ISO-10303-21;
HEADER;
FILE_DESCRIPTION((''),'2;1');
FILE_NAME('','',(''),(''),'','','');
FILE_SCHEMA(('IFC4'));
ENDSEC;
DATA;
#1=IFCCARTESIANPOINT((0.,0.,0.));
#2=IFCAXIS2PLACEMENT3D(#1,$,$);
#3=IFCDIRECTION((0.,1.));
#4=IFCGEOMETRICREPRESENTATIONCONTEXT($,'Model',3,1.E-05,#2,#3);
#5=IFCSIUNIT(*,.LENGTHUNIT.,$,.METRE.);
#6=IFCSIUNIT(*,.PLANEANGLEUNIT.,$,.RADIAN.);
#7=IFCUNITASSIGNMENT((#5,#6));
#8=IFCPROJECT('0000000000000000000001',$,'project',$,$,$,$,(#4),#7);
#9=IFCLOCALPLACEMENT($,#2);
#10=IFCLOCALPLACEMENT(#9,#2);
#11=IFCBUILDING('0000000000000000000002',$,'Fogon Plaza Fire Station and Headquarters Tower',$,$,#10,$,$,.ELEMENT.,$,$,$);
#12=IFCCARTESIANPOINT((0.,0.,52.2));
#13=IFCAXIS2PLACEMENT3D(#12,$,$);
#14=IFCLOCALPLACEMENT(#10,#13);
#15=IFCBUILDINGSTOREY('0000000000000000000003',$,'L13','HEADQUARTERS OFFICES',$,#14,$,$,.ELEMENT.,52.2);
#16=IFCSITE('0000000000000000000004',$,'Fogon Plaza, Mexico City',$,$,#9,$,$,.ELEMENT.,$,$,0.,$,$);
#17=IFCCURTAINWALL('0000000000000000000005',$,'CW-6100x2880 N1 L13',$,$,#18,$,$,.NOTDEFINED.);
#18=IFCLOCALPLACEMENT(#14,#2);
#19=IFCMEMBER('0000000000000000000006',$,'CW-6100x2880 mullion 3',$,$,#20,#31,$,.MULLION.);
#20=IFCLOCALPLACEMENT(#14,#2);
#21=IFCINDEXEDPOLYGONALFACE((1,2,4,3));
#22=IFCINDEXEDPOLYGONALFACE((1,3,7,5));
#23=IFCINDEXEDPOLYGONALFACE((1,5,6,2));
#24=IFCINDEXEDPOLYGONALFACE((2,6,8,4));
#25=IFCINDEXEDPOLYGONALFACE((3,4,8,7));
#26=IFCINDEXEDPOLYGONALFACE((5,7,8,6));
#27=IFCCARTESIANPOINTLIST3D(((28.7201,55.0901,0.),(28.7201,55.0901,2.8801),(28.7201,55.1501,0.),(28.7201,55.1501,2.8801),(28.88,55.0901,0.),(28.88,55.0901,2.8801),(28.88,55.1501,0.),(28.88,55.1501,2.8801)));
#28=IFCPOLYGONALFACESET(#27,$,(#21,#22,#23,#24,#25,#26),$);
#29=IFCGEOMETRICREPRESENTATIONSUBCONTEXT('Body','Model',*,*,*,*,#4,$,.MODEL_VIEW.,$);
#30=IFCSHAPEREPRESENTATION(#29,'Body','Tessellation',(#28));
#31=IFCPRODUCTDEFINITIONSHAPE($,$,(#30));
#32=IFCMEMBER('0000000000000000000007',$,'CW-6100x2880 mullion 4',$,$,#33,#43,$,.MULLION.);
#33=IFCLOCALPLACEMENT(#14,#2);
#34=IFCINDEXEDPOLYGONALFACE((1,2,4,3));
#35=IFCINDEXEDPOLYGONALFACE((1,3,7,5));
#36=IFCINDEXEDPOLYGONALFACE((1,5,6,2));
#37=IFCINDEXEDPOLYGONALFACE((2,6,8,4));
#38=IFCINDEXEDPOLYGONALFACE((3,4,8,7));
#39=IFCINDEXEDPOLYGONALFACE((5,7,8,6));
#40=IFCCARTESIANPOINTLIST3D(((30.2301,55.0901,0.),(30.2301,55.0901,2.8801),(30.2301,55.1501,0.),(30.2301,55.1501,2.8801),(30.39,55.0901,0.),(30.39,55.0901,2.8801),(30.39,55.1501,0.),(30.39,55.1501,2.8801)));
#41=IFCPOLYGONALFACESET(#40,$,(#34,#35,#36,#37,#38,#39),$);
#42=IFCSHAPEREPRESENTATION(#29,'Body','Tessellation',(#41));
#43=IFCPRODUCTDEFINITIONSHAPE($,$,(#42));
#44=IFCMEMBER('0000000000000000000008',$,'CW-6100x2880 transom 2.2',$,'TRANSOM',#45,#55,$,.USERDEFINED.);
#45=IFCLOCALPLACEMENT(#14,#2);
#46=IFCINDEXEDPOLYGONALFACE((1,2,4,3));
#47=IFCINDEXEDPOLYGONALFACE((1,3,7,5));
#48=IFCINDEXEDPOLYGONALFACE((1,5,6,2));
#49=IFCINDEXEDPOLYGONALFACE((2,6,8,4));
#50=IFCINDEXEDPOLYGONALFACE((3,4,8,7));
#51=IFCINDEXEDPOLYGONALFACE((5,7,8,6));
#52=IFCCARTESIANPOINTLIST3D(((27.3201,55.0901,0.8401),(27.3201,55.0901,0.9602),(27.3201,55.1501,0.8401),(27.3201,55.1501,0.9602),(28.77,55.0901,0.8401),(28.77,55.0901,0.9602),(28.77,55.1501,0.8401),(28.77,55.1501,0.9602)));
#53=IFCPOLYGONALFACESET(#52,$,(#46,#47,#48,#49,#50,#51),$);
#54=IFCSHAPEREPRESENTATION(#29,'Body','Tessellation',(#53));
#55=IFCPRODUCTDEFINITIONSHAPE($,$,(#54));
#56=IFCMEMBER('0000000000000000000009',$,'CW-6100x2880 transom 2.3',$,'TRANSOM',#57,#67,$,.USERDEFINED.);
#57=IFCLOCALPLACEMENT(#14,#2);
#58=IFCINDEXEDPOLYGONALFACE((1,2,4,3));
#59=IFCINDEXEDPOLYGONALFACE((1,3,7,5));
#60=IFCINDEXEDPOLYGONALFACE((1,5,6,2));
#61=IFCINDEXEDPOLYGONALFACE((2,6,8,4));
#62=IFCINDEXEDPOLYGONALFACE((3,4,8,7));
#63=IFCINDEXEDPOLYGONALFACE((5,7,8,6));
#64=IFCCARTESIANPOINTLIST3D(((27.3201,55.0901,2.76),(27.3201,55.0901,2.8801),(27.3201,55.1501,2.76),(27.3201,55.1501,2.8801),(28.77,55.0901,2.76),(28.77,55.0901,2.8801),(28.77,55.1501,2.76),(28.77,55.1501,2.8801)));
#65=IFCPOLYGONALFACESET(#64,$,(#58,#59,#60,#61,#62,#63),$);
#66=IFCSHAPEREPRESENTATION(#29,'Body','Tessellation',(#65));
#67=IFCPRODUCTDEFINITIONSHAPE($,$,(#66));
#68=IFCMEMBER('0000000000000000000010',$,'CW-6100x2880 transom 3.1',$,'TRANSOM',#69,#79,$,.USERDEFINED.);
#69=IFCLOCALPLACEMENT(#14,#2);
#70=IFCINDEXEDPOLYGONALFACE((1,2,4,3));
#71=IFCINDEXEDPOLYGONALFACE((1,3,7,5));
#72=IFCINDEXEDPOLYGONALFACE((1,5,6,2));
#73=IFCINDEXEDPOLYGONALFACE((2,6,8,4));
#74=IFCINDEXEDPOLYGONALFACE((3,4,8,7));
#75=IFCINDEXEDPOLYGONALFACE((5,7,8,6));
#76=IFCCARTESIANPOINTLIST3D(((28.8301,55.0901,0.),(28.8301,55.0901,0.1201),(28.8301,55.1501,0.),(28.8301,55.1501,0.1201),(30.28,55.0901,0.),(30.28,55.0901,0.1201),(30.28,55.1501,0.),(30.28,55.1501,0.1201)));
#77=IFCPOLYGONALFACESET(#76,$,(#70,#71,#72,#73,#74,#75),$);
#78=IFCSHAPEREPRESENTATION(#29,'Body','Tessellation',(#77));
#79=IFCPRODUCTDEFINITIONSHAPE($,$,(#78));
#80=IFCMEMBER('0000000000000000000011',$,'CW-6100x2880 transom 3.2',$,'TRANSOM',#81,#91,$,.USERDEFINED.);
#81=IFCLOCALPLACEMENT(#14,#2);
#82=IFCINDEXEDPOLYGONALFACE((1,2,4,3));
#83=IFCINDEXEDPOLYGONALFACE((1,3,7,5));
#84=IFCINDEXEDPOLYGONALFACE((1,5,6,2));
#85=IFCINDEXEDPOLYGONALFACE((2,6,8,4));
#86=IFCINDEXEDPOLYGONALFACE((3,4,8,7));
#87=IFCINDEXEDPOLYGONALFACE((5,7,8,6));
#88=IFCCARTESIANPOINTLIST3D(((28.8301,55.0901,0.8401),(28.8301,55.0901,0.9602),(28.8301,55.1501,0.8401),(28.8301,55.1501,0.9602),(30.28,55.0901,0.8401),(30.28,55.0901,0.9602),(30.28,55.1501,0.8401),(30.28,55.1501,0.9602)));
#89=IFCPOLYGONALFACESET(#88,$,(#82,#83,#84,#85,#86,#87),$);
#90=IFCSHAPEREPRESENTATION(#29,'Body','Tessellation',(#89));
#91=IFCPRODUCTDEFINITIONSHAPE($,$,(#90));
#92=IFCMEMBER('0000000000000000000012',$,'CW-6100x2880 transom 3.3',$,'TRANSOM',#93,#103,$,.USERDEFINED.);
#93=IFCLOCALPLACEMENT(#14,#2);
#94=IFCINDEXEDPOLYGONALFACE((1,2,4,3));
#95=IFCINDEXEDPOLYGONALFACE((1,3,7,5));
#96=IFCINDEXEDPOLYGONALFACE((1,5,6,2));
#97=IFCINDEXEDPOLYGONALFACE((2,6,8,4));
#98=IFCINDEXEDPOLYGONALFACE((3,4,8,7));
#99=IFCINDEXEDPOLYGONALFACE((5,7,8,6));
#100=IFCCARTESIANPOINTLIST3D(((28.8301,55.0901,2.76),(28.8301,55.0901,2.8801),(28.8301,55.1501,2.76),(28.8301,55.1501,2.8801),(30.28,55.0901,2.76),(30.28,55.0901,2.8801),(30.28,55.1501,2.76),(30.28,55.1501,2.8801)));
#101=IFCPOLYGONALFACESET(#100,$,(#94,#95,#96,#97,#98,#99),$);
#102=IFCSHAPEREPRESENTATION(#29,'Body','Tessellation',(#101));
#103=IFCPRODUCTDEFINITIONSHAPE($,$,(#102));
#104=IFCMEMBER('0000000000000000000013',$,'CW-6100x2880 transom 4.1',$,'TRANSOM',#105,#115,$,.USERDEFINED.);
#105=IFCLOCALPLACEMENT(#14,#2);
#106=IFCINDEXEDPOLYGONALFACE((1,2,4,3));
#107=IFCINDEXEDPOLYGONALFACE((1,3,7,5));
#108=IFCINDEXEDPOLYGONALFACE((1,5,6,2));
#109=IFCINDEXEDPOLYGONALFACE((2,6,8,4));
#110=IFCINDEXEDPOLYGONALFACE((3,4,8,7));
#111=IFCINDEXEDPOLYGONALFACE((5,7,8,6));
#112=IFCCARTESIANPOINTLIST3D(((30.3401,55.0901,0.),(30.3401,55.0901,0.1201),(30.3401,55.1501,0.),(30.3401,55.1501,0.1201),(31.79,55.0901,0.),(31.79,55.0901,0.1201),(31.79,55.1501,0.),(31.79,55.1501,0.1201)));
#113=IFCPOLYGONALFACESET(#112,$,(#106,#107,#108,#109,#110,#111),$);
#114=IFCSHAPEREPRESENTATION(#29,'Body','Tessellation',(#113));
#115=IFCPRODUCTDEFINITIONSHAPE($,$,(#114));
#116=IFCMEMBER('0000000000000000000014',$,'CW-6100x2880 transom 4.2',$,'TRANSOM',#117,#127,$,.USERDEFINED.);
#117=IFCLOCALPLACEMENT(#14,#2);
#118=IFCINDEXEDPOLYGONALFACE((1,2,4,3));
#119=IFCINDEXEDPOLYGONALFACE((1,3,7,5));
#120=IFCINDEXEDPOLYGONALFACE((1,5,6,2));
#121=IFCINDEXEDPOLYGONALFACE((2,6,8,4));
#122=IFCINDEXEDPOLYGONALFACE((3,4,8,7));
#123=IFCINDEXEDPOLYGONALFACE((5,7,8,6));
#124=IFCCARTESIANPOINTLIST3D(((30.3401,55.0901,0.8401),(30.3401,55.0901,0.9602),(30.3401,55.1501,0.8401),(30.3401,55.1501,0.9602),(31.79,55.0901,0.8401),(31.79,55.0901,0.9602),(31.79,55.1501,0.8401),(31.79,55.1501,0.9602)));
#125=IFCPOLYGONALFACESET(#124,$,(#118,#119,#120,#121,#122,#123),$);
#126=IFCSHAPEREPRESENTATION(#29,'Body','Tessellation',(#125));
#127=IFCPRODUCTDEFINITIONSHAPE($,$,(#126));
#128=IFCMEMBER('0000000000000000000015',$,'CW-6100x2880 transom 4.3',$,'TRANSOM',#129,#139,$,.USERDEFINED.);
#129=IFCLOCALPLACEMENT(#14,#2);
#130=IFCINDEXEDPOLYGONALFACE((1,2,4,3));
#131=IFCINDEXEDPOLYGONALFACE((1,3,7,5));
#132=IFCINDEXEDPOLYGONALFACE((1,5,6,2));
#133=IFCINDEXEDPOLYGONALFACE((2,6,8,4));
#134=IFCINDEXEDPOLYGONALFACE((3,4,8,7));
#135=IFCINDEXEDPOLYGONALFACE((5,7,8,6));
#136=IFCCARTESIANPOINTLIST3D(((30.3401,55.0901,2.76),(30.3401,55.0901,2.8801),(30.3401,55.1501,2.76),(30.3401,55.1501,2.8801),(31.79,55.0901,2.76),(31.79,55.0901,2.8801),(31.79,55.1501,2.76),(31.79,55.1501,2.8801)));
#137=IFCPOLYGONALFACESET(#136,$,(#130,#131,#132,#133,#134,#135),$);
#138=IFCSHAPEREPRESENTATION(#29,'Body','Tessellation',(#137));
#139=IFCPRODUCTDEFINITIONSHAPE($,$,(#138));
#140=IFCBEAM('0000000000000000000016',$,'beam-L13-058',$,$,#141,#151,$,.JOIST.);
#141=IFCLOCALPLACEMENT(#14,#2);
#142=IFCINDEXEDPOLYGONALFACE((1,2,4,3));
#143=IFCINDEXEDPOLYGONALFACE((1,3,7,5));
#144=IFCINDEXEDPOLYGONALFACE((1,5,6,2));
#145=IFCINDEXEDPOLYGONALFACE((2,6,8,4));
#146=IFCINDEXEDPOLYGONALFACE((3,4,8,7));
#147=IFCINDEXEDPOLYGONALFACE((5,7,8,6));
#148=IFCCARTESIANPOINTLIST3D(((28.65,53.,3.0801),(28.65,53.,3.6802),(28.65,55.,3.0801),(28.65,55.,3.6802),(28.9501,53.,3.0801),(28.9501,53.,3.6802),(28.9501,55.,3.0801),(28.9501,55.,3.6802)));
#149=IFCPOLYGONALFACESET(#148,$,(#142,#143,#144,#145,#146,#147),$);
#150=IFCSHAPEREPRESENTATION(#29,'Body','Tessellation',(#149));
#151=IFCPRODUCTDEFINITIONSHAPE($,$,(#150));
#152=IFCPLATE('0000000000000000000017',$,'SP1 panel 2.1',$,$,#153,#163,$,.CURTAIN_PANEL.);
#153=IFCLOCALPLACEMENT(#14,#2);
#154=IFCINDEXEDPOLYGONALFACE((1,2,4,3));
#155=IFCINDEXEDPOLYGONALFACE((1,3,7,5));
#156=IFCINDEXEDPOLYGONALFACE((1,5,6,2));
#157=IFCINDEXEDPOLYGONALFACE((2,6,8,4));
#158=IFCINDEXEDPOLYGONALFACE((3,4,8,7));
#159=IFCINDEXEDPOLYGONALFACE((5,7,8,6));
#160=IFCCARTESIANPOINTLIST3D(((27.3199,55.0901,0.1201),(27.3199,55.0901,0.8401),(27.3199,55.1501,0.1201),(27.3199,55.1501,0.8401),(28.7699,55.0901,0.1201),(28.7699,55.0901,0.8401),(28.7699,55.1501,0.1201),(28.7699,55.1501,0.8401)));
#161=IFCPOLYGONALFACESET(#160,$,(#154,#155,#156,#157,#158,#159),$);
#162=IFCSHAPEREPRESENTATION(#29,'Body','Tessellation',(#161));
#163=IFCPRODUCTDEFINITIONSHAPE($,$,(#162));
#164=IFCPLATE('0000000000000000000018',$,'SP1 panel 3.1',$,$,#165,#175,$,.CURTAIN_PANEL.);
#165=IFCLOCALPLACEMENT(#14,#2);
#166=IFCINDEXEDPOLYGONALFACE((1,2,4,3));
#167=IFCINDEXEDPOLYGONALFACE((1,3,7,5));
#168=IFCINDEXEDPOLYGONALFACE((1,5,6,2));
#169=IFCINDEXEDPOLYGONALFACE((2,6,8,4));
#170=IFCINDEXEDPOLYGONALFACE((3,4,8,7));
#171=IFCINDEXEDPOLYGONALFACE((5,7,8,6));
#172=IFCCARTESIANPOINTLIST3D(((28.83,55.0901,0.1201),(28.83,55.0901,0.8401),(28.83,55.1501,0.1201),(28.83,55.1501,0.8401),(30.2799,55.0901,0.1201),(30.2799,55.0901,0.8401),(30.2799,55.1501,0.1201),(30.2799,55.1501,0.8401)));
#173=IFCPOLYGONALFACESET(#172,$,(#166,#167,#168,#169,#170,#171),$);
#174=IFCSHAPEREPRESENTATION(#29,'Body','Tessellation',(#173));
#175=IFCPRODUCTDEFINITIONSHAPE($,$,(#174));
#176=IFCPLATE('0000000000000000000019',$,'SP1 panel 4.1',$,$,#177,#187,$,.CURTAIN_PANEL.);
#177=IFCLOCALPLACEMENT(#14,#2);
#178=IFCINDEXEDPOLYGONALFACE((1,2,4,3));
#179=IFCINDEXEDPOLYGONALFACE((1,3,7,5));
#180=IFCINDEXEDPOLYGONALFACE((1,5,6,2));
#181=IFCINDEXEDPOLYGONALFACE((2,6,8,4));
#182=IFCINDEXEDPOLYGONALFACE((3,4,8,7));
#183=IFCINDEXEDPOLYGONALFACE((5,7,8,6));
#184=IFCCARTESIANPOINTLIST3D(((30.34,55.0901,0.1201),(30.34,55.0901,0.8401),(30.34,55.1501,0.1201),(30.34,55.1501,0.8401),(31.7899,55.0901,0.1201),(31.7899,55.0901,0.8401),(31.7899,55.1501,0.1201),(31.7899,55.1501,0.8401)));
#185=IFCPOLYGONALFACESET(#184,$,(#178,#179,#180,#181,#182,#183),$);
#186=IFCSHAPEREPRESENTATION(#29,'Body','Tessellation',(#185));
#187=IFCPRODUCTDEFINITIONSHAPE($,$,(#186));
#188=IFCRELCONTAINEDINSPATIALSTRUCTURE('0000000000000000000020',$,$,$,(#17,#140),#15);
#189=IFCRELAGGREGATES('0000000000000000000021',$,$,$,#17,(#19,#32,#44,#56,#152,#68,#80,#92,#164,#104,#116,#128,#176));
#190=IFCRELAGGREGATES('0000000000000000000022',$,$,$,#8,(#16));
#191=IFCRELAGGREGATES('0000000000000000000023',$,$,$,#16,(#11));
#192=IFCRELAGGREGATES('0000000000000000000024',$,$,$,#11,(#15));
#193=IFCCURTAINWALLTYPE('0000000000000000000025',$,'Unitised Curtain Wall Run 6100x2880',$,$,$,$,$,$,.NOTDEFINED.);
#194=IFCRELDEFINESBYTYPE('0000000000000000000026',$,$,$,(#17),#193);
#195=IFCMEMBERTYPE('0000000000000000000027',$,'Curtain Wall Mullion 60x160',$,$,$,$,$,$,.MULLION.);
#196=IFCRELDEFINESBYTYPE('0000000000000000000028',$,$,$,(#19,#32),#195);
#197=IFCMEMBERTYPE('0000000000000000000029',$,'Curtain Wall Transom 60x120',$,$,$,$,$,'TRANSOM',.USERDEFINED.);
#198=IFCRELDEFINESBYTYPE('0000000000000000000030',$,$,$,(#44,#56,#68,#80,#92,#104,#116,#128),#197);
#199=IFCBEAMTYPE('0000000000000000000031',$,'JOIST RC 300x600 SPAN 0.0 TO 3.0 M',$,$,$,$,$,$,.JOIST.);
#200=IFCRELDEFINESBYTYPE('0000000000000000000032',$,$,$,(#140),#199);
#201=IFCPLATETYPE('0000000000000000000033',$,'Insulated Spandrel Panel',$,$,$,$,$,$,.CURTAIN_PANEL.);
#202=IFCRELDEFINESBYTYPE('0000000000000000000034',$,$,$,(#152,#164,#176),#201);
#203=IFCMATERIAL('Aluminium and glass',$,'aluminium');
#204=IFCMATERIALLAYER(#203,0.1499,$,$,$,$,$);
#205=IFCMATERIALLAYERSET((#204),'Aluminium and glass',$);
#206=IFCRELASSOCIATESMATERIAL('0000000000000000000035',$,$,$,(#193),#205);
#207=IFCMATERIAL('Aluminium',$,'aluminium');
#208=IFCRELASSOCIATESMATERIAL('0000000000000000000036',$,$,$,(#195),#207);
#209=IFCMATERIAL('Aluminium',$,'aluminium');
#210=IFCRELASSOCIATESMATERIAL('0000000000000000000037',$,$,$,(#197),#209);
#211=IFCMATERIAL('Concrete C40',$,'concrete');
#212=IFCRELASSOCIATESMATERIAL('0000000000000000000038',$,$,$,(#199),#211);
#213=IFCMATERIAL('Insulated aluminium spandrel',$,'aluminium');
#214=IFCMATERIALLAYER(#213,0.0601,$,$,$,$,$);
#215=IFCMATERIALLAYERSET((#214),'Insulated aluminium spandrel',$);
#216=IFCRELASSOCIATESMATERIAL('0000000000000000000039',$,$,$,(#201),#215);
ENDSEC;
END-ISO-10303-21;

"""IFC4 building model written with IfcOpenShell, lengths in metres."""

from ifc_helpers import new_model, si_unit, direction, frame, origin, origin_2d, place, context, subcontext, project, spatial, rectangle, extrude, material, layer, layer_set, material_profile, profile_set, type_object, element, aggregate, save


model = new_model("IFC4")

# Units and contexts
model_context = context("Model", 3, precision=1e-05, world=origin(), true_north=direction((0.0, 1.0)))
body_context = subcontext(model_context, "Body", "Model", "MODEL_VIEW")
ifc_project = project(units=[si_unit("LENGTHUNIT", "METRE"), si_unit("PLANEANGLEUNIT", "RADIAN")], contexts=[model_context])

# Site, building, storey
site_placement = place(None, origin())
site = spatial("IfcSite", under=ifc_project, at=site_placement, Name="Fogon Plaza, Mexico City", CompositionType="ELEMENT", RefElevation=0.0)
building_placement = place(site_placement, origin())
building = spatial("IfcBuilding", under=site, at=building_placement, Name="Fogon Plaza Fire Station and Headquarters Tower", CompositionType="ELEMENT")
storey_placement = place(building_placement, frame((0.0, 0.0, 52.2)))
storey = spatial("IfcBuildingStorey", under=building, at=storey_placement, Name="L13", Description="HEADQUARTERS OFFICES", CompositionType="ELEMENT", Elevation=52.2)

# Curtain wall, members
ifc_material_1 = material(Name="Aluminium and glass", Category="aluminium")
ifc_layer_1 = layer(ifc_material_1, 0.1499)
ifc_layer_set_1 = layer_set([ifc_layer_1], Name="Aluminium and glass")
curtain_wall_type = type_object("IfcCurtainWallType", Name="Unitised Curtain Wall Run 6100x2880", PredefinedType="NOTDEFINED", material=ifc_layer_set_1)
curtain_wall_placement = place(storey_placement, origin())
curtain_wall = element("IfcCurtainWall", 1, at=curtain_wall_placement, inside=storey, type_object=curtain_wall_type, Name="CW-6100x2880 N1 L13", PredefinedType="NOTDEFINED")
ifc_material_2 = material(Name="Aluminium", Category="aluminium")
ifc_material_profile_1 = material_profile(ifc_material_2, rectangle(XDim=0.0601, YDim=0.1599, at=origin_2d()), Name="Curtain Wall Mullion 60x160")
ifc_profile_set_1 = profile_set([ifc_material_profile_1], Name="Aluminium")
member_type_1 = type_object("IfcMemberType", Name="Curtain Wall Mullion 60x160", PredefinedType="MULLION", material=ifc_profile_set_1)
member_1_placement = place(storey_placement, frame((28.8, 55.1201, 0.0), z_axis=(0.0, 0.0, 1.0), x_axis=(0.0, 1.0, 0.0)))
member_1 = element("IfcMember", 2, at=member_1_placement, type_object=member_type_1, Name="CW-6100x2880 mullion 3", PredefinedType="MULLION", context=body_context, shape_type="SweptSolid", body=[
    extrude(rectangle(XDim=0.0601, YDim=0.1599, at=origin_2d()), origin(), (0.0, 0.0, 1.0), 2.8801),
])
member_2_placement = place(storey_placement, frame((30.3101, 55.1201, 0.0), z_axis=(0.0, 0.0, 1.0), x_axis=(0.0, 1.0, 0.0)))
member_2 = element("IfcMember", 3, at=member_2_placement, type_object=member_type_1, Name="CW-6100x2880 mullion 4", PredefinedType="MULLION", context=body_context, shape_type="SweptSolid", body=[
    extrude(rectangle(XDim=0.0601, YDim=0.1599, at=origin_2d()), origin(), (0.0, 0.0, 1.0), 2.8801),
])
ifc_material_3 = material(Name="Aluminium", Category="aluminium")
ifc_material_profile_2 = material_profile(ifc_material_3, rectangle(XDim=0.0601, YDim=0.1201, at=origin_2d()), Name="Curtain Wall Transom 60x120")
ifc_profile_set_2 = profile_set([ifc_material_profile_2], Name="Aluminium")
member_type_2 = type_object("IfcMemberType", Name="Curtain Wall Transom 60x120", ElementType="TRANSOM", PredefinedType="USERDEFINED", material=ifc_profile_set_2)
member_3_placement = place(storey_placement, frame((27.3201, 55.1201, 0.9001), z_axis=(1.0, 0.0, 0.0), x_axis=(0.0, 1.0, 0.0)))
member_3 = element("IfcMember", 4, at=member_3_placement, type_object=member_type_2, Name="CW-6100x2880 transom 2.2", ObjectType="TRANSOM", PredefinedType="USERDEFINED", context=body_context, shape_type="SweptSolid", body=[
    extrude(rectangle(XDim=0.0601, YDim=0.1201, at=origin_2d()), origin(), (0.0, 0.0, 1.0), 1.45),
])
member_4_placement = place(storey_placement, frame((27.3201, 55.1201, 2.8201), z_axis=(1.0, 0.0, 0.0), x_axis=(0.0, 1.0, 0.0)))
member_4 = element("IfcMember", 5, at=member_4_placement, type_object=member_type_2, Name="CW-6100x2880 transom 2.3", ObjectType="TRANSOM", PredefinedType="USERDEFINED", context=body_context, shape_type="SweptSolid", body=[
    extrude(rectangle(XDim=0.0601, YDim=0.1201, at=origin_2d()), origin(), (0.0, 0.0, 1.0), 1.45),
])
member_5_placement = place(storey_placement, frame((28.8301, 55.1201, 0.0601), z_axis=(1.0, 0.0, 0.0), x_axis=(0.0, 1.0, 0.0)))
member_5 = element("IfcMember", 6, at=member_5_placement, type_object=member_type_2, Name="CW-6100x2880 transom 3.1", ObjectType="TRANSOM", PredefinedType="USERDEFINED", context=body_context, shape_type="SweptSolid", body=[
    extrude(rectangle(XDim=0.0601, YDim=0.1201, at=origin_2d()), origin(), (0.0, 0.0, 1.0), 1.45),
])
member_6_placement = place(storey_placement, frame((28.8301, 55.1201, 0.9001), z_axis=(1.0, 0.0, 0.0), x_axis=(0.0, 1.0, 0.0)))
member_6 = element("IfcMember", 7, at=member_6_placement, type_object=member_type_2, Name="CW-6100x2880 transom 3.2", ObjectType="TRANSOM", PredefinedType="USERDEFINED", context=body_context, shape_type="SweptSolid", body=[
    extrude(rectangle(XDim=0.0601, YDim=0.1201, at=origin_2d()), origin(), (0.0, 0.0, 1.0), 1.45),
])
member_7_placement = place(storey_placement, frame((28.8301, 55.1201, 2.8201), z_axis=(1.0, 0.0, 0.0), x_axis=(0.0, 1.0, 0.0)))
member_7 = element("IfcMember", 8, at=member_7_placement, type_object=member_type_2, Name="CW-6100x2880 transom 3.3", ObjectType="TRANSOM", PredefinedType="USERDEFINED", context=body_context, shape_type="SweptSolid", body=[
    extrude(rectangle(XDim=0.0601, YDim=0.1201, at=origin_2d()), origin(), (0.0, 0.0, 1.0), 1.45),
])
member_8_placement = place(storey_placement, frame((30.3401, 55.1201, 0.0601), z_axis=(1.0, 0.0, 0.0), x_axis=(0.0, 1.0, 0.0)))
member_8 = element("IfcMember", 9, at=member_8_placement, type_object=member_type_2, Name="CW-6100x2880 transom 4.1", ObjectType="TRANSOM", PredefinedType="USERDEFINED", context=body_context, shape_type="SweptSolid", body=[
    extrude(rectangle(XDim=0.0601, YDim=0.1201, at=origin_2d()), origin(), (0.0, 0.0, 1.0), 1.45),
])
member_9_placement = place(storey_placement, frame((30.3401, 55.1201, 0.9001), z_axis=(1.0, 0.0, 0.0), x_axis=(0.0, 1.0, 0.0)))
member_9 = element("IfcMember", 10, at=member_9_placement, type_object=member_type_2, Name="CW-6100x2880 transom 4.2", ObjectType="TRANSOM", PredefinedType="USERDEFINED", context=body_context, shape_type="SweptSolid", body=[
    extrude(rectangle(XDim=0.0601, YDim=0.1201, at=origin_2d()), origin(), (0.0, 0.0, 1.0), 1.45),
])
member_10_placement = place(storey_placement, frame((30.3401, 55.1201, 2.8201), z_axis=(1.0, 0.0, 0.0), x_axis=(0.0, 1.0, 0.0)))
member_10 = element("IfcMember", 11, at=member_10_placement, type_object=member_type_2, Name="CW-6100x2880 transom 4.3", ObjectType="TRANSOM", PredefinedType="USERDEFINED", context=body_context, shape_type="SweptSolid", body=[
    extrude(rectangle(XDim=0.0601, YDim=0.1201, at=origin_2d()), origin(), (0.0, 0.0, 1.0), 1.45),
])

# Beam
ifc_material_4 = material(Name="Concrete C40", Category="concrete")
ifc_material_profile_3 = material_profile(ifc_material_4, rectangle(XDim=0.3, YDim=0.6001, at=origin_2d()), Name="RC 300x600")
ifc_profile_set_3 = profile_set([ifc_material_profile_3], Name="Concrete C40")
beam_type = type_object("IfcBeamType", Name="JOIST RC 300x600 SPAN 0.0 TO 3.0 M", PredefinedType="JOIST", material=ifc_profile_set_3)
beam_placement = place(storey_placement, frame((28.8, 53.0, 3.3801), z_axis=(0.0, 1.0, 0.0), x_axis=(-1.0, 0.0, 0.0)))
element("IfcBeam", 12, at=beam_placement, inside=storey, type_object=beam_type, Name="beam-L13-058", PredefinedType="JOIST", context=body_context, shape_type="SweptSolid", body=[
    extrude(rectangle(XDim=0.3, YDim=0.6001, at=origin_2d()), origin(), (0.0, 0.0, 1.0), 2.0),
])

# Plates
ifc_material_5 = material(Name="Insulated aluminium spandrel", Category="aluminium")
ifc_layer_2 = layer(ifc_material_5, 0.0601)
ifc_layer_set_2 = layer_set([ifc_layer_2], Name="Insulated aluminium spandrel")
plate_type_1 = type_object("IfcPlateType", Name="Insulated Spandrel Panel", PredefinedType="CURTAIN_PANEL", material=ifc_layer_set_2)
plate_1_placement = place(storey_placement, frame((28.0449, 55.1201, 0.1201), z_axis=(0.0, 0.0, 1.0), x_axis=(1.0, 0.0, 0.0)))
plate_1 = element("IfcPlate", 13, at=plate_1_placement, type_object=plate_type_1, Name="SP1 panel 2.1", PredefinedType="CURTAIN_PANEL", context=body_context, shape_type="SweptSolid", body=[
    extrude(rectangle(XDim=1.45, YDim=0.0601, at=origin_2d()), origin(), (0.0, 0.0, 1.0), 0.72),
])
plate_2_placement = place(storey_placement, frame((29.5549, 55.1201, 0.1201), z_axis=(0.0, 0.0, 1.0), x_axis=(1.0, 0.0, 0.0)))
plate_2 = element("IfcPlate", 14, at=plate_2_placement, type_object=plate_type_1, Name="SP1 panel 3.1", PredefinedType="CURTAIN_PANEL", context=body_context, shape_type="SweptSolid", body=[
    extrude(rectangle(XDim=1.45, YDim=0.0601, at=origin_2d()), origin(), (0.0, 0.0, 1.0), 0.72),
])
plate_3_placement = place(storey_placement, frame((31.0649, 55.1201, 0.1201), z_axis=(0.0, 0.0, 1.0), x_axis=(1.0, 0.0, 0.0)))
plate_3 = element("IfcPlate", 15, at=plate_3_placement, type_object=plate_type_1, Name="SP1 panel 4.1", PredefinedType="CURTAIN_PANEL", context=body_context, shape_type="SweptSolid", body=[
    extrude(rectangle(XDim=1.45, YDim=0.0601, at=origin_2d()), origin(), (0.0, 0.0, 1.0), 0.72),
])
aggregate(curtain_wall, [member_1, member_2, member_3, member_4, plate_1, member_5, member_6, member_7, plate_2, member_8, member_9, member_10, plate_3])

save(model, "model.ifc")
